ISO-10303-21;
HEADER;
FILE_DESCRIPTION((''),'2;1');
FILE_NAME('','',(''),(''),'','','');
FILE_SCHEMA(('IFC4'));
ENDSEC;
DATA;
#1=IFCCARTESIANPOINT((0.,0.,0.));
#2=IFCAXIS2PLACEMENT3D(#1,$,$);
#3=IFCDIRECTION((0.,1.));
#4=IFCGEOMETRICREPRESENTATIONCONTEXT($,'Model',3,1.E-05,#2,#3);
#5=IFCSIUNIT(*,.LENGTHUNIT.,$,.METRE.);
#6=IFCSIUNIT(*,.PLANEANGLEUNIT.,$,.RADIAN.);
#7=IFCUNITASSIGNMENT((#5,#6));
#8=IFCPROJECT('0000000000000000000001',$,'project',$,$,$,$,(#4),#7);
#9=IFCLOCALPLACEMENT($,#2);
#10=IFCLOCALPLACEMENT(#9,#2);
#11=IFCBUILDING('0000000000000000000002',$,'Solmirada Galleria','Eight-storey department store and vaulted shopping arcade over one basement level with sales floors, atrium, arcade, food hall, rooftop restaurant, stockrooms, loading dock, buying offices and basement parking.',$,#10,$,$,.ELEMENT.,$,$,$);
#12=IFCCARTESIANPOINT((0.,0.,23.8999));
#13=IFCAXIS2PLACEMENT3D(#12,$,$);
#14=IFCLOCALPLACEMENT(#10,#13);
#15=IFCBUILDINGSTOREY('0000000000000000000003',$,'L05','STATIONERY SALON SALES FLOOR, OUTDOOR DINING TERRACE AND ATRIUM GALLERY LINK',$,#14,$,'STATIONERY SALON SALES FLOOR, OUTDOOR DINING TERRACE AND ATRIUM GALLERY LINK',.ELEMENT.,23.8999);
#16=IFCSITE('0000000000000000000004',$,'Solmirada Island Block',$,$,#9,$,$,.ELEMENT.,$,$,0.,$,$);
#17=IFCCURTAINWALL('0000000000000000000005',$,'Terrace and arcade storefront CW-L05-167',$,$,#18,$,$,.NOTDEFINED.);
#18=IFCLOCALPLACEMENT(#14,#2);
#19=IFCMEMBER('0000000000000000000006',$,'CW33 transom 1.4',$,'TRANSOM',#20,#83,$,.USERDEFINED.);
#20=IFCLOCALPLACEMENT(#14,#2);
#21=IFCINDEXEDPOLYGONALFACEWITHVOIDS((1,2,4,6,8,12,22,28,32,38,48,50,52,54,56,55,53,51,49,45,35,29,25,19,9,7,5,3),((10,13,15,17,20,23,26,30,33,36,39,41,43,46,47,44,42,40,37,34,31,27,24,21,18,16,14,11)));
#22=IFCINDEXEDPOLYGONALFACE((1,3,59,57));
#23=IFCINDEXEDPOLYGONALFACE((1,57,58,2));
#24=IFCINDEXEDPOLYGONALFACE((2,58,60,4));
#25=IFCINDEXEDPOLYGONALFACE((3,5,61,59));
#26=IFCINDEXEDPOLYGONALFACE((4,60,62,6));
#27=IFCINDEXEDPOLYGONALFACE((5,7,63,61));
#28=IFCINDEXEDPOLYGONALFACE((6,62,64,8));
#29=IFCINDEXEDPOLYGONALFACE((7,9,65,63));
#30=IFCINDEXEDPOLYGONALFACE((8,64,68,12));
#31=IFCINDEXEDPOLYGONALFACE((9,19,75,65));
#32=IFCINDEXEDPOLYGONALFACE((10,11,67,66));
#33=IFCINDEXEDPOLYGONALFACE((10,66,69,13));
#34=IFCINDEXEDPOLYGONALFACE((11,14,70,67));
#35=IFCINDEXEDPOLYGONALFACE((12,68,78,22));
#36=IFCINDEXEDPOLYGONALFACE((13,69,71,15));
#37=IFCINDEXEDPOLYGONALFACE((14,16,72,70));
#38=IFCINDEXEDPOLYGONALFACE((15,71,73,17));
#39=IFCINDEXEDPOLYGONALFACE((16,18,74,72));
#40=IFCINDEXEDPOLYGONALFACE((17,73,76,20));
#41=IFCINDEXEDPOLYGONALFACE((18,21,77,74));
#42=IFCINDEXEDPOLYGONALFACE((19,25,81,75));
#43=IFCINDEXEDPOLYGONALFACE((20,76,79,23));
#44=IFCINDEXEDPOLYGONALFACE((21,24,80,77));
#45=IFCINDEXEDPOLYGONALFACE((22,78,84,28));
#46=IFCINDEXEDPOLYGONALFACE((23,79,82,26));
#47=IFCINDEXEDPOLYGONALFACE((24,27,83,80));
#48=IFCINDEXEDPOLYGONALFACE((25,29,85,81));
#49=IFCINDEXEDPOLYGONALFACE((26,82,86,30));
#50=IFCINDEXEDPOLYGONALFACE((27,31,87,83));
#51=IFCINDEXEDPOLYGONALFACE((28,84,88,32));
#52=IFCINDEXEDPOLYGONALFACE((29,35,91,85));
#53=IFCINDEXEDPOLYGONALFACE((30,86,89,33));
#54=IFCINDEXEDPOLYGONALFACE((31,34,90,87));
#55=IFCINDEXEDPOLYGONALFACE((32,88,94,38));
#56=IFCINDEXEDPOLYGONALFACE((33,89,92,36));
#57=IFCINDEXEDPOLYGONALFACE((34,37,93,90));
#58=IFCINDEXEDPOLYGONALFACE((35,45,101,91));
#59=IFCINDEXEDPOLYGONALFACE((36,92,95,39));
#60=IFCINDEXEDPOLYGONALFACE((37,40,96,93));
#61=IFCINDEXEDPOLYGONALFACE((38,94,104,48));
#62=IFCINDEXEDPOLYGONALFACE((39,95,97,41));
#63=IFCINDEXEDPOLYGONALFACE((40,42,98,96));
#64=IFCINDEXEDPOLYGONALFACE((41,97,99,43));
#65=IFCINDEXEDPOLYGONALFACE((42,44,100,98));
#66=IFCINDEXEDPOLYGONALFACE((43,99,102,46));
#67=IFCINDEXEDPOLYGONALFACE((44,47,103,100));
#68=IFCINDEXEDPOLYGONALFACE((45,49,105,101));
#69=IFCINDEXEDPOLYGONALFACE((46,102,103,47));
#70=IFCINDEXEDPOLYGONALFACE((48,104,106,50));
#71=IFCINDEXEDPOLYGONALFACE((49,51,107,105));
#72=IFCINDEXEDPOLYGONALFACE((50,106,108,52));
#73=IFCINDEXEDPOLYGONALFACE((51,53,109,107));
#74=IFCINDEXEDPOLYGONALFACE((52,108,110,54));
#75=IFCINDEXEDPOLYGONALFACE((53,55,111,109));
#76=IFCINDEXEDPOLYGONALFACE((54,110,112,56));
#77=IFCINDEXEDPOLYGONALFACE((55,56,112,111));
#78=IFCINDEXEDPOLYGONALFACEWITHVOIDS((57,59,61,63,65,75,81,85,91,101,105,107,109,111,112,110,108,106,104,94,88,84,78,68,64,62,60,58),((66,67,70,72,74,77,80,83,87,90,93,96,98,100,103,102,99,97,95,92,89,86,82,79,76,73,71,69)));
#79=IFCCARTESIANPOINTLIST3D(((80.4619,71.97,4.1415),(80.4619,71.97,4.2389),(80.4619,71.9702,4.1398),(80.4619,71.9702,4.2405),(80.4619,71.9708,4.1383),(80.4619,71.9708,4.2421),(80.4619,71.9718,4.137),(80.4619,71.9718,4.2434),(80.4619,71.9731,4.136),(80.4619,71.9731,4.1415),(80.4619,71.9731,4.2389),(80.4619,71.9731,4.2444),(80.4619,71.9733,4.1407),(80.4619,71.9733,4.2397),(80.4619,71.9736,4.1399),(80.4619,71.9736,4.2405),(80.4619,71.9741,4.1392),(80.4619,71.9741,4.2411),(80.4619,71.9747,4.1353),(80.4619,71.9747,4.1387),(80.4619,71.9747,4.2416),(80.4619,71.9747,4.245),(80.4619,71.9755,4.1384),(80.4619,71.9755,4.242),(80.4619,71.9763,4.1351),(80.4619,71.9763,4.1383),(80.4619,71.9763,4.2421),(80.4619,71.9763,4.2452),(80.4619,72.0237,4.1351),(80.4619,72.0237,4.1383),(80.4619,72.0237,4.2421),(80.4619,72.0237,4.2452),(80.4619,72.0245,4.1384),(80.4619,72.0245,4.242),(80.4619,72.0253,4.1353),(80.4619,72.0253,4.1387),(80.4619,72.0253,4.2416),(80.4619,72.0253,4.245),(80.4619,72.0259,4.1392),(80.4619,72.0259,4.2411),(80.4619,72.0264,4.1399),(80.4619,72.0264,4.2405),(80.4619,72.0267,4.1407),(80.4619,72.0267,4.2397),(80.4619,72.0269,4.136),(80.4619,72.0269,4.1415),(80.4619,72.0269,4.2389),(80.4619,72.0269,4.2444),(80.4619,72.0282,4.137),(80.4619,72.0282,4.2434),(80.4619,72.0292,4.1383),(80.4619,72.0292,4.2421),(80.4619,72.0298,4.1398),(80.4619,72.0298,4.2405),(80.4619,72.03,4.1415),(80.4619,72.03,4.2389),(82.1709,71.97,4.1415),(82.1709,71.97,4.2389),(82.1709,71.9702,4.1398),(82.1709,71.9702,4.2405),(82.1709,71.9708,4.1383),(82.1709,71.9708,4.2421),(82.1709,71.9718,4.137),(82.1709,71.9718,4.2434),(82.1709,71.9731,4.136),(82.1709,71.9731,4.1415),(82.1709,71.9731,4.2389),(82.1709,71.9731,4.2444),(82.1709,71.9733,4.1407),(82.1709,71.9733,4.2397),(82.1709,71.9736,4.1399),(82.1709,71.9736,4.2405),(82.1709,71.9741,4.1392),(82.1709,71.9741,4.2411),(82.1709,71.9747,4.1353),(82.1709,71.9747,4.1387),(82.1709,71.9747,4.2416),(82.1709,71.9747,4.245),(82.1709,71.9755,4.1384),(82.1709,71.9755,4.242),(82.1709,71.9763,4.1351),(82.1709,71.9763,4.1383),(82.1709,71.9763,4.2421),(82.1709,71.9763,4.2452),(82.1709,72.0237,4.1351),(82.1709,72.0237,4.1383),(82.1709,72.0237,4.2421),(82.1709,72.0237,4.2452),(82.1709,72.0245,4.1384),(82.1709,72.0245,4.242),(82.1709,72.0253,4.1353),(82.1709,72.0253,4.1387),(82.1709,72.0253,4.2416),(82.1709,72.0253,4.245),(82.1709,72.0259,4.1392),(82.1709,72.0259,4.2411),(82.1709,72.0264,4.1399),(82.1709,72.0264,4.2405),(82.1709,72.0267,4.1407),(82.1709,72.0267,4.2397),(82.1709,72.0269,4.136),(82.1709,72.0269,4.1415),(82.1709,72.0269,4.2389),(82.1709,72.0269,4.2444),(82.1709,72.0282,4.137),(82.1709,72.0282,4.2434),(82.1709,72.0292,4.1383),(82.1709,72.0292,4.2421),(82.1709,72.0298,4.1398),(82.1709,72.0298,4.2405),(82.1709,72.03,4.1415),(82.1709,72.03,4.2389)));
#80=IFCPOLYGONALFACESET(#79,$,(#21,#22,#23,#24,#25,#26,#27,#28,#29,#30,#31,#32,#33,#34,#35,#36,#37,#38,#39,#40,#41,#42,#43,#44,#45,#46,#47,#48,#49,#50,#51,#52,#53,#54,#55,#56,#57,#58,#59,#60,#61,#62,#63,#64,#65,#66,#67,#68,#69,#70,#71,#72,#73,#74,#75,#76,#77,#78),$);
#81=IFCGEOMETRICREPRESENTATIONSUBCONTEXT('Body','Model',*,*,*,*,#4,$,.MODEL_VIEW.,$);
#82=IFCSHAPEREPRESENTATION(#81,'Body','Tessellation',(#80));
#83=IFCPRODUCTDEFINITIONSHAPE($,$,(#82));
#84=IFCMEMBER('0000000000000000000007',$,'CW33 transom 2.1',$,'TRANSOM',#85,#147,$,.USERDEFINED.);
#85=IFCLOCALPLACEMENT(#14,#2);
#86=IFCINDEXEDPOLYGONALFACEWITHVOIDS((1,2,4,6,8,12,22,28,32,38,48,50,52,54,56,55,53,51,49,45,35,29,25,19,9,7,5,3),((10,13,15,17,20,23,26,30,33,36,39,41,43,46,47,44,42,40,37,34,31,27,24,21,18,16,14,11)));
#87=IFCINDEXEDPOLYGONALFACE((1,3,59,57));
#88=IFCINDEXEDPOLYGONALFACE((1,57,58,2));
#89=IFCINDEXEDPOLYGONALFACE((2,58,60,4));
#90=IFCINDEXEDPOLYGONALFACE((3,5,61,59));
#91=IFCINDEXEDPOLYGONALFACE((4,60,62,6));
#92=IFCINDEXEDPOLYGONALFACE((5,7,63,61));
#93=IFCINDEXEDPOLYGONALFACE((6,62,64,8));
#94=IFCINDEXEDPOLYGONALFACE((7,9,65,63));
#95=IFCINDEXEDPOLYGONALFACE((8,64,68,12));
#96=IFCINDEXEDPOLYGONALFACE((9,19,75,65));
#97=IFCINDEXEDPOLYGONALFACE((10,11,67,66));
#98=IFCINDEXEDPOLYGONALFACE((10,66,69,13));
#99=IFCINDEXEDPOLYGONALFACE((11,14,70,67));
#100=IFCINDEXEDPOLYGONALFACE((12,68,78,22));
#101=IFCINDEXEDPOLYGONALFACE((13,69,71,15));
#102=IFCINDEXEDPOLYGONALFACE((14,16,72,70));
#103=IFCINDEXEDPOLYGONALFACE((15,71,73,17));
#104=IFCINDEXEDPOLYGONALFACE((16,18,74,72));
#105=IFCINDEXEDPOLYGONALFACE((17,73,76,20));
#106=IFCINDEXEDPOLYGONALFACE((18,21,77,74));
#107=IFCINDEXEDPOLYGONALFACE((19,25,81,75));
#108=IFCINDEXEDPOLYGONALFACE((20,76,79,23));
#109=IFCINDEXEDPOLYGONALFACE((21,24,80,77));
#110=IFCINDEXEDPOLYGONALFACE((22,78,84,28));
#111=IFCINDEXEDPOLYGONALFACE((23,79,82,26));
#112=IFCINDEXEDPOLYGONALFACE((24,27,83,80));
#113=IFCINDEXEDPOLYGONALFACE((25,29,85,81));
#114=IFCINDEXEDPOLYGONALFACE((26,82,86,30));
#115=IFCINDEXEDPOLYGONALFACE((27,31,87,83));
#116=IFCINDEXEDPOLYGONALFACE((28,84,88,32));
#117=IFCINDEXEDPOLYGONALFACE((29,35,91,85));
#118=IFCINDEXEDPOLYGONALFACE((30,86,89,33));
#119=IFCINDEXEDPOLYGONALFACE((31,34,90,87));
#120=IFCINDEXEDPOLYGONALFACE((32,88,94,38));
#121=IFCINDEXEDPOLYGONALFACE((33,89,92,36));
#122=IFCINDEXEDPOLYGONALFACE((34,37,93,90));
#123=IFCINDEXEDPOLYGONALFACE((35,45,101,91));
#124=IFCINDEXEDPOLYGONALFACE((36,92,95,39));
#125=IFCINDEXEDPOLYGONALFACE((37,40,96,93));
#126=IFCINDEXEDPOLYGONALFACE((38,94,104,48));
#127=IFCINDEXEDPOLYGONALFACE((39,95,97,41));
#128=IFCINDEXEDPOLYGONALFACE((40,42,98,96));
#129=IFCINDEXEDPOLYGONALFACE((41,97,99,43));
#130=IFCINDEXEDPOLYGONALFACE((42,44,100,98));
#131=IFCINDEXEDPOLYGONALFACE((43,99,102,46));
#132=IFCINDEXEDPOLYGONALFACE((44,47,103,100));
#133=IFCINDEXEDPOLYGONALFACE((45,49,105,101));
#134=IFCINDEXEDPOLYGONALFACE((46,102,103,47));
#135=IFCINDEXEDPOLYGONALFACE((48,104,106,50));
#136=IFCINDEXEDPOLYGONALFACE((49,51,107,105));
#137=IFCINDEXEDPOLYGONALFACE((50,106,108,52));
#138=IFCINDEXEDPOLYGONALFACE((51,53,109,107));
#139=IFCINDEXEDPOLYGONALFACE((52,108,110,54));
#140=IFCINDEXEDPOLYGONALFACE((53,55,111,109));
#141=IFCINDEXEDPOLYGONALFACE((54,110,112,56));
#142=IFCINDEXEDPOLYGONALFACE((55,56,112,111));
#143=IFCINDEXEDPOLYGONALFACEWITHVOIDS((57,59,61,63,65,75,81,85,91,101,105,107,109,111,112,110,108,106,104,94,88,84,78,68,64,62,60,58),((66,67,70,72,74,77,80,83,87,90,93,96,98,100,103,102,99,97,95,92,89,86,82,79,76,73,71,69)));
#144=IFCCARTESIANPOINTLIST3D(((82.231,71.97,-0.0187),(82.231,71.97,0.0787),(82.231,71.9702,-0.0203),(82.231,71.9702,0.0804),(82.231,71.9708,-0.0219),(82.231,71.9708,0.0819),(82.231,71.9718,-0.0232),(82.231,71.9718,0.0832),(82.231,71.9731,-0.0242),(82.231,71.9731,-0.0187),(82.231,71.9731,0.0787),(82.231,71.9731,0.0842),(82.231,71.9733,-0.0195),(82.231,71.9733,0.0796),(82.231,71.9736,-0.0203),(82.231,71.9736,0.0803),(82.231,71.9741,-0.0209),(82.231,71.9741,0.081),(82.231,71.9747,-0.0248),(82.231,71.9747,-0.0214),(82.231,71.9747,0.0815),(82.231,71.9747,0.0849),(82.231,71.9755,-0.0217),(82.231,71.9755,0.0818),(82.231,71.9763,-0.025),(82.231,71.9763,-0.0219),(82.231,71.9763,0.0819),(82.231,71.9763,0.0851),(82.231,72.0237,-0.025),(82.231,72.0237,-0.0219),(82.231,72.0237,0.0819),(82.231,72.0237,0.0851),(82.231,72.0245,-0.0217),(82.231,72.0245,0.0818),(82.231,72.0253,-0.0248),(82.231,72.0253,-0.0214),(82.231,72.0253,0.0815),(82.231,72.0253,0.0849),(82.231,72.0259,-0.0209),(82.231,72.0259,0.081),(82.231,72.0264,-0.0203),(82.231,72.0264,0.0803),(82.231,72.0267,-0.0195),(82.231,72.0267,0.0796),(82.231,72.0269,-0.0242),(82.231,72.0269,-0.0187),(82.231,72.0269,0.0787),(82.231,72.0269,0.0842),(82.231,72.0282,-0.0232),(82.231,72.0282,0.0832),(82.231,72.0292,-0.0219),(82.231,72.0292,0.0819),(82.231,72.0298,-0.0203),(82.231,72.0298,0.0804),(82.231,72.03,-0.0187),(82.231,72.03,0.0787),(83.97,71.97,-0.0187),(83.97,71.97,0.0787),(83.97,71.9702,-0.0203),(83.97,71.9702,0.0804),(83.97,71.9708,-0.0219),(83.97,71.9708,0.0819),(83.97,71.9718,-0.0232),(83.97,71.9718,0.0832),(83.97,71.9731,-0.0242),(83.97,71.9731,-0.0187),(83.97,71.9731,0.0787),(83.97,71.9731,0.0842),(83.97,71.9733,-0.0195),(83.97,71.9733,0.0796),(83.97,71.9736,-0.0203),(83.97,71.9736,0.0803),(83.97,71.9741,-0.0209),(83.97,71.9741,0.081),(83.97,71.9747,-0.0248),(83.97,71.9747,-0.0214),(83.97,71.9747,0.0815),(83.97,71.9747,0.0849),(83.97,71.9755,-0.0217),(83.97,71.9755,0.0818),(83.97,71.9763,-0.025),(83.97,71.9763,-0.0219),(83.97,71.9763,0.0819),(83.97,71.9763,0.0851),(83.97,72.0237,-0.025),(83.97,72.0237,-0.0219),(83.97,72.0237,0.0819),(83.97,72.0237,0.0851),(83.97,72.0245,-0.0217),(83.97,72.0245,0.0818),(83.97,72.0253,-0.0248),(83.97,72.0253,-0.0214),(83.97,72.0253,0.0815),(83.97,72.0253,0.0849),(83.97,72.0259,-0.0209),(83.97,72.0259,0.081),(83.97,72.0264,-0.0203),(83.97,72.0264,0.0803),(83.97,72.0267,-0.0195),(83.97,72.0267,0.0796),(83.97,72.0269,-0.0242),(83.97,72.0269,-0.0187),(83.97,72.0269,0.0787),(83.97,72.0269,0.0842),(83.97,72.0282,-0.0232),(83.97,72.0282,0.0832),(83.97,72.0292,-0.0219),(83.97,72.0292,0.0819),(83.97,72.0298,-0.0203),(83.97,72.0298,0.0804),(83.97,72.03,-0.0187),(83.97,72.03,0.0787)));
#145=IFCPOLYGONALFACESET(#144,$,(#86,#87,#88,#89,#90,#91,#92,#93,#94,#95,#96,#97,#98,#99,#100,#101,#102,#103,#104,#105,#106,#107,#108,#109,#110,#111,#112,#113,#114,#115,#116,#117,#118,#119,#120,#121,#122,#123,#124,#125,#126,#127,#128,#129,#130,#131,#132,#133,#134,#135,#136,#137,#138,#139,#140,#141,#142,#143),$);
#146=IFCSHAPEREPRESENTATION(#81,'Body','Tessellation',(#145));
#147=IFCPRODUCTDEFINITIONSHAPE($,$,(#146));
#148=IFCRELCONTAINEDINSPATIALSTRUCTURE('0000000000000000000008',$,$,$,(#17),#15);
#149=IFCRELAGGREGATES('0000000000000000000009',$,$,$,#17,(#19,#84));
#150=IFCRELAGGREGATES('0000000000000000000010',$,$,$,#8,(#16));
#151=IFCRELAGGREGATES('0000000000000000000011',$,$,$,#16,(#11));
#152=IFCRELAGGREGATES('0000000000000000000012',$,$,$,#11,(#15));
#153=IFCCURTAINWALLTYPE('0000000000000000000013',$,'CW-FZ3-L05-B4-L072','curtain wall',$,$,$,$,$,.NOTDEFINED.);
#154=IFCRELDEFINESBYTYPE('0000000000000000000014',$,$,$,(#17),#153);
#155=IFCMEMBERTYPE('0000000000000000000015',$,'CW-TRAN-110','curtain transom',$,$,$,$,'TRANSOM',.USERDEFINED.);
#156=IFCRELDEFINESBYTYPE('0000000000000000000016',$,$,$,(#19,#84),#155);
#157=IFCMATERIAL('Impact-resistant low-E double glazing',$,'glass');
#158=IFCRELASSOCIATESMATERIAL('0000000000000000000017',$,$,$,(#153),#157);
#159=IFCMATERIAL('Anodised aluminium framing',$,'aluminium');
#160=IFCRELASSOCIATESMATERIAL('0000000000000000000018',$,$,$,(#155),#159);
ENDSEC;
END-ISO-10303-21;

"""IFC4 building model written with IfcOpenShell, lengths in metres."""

from ifc_helpers import new_model, si_unit, direction, frame, origin, origin_2d, place, context, subcontext, project, spatial, hollow_rectangle, extrude, material, material_profile, profile_set, type_object, element, aggregate, save


model = new_model("IFC4")

# Units and contexts
model_context = context("Model", 3, precision=1e-05, world=origin(), true_north=direction((0.0, 1.0)))
body_context = subcontext(model_context, "Body", "Model", "MODEL_VIEW")
ifc_project = project(units=[si_unit("LENGTHUNIT", "METRE"), si_unit("PLANEANGLEUNIT", "RADIAN")], contexts=[model_context])

# Site, building, storey
site_placement = place(None, origin())
site = spatial("IfcSite", under=ifc_project, at=site_placement, Name="Solmirada Island Block", CompositionType="ELEMENT", RefElevation=0.0)
building_placement = place(site_placement, origin())
building = spatial("IfcBuilding", under=site, at=building_placement, Name="Solmirada Galleria", Description="Eight-storey department store and vaulted shopping arcade over one basement level with sales floors, atrium, arcade, food hall, rooftop restaurant, stockrooms, loading dock, buying offices and basement parking.", CompositionType="ELEMENT")
storey_placement = place(building_placement, frame((0.0, 0.0, 23.8999)))
storey = spatial("IfcBuildingStorey", under=building, at=storey_placement, Name="L05", Description="STATIONERY SALON SALES FLOOR, OUTDOOR DINING TERRACE AND ATRIUM GALLERY LINK", LongName="STATIONERY SALON SALES FLOOR, OUTDOOR DINING TERRACE AND ATRIUM GALLERY LINK", CompositionType="ELEMENT", Elevation=23.8999)

# Curtain wall, members
ifc_material_1 = material(Name="Impact-resistant low-E double glazing", Category="glass")
curtain_wall_type = type_object("IfcCurtainWallType", Name="CW-FZ3-L05-B4-L072", Description="curtain wall", PredefinedType="NOTDEFINED", material=ifc_material_1)
curtain_wall_placement = place(storey_placement, origin())
curtain_wall = element("IfcCurtainWall", 1, at=curtain_wall_placement, inside=storey, type_object=curtain_wall_type, Name="Terrace and arcade storefront CW-L05-167", PredefinedType="NOTDEFINED")
ifc_material_2 = material(Name="Anodised aluminium framing", Category="aluminium")
ifc_material_profile_1 = material_profile(ifc_material_2, hollow_rectangle(XDim=0.0601, YDim=0.1101, WallThickness=0.0032, InnerFilletRadius=0.0032, OuterFilletRadius=0.0063, at=origin_2d()), Name="ALU-TRAN-110X60")
ifc_profile_set_1 = profile_set([ifc_material_profile_1], Name="Anodised aluminium framing")
member_type_1 = type_object("IfcMemberType", Name="CW-TRAN-110", Description="curtain transom", ElementType="TRANSOM", PredefinedType="USERDEFINED", material=ifc_profile_set_1)
member_1_placement = place(storey_placement, frame((80.4619, 72.0, 4.1902), z_axis=(1.0, 0.0, 0.0), x_axis=(0.0, 1.0, 0.0)))
member_1 = element("IfcMember", 2, at=member_1_placement, type_object=member_type_1, Name="CW33 transom 1.4", ObjectType="TRANSOM", PredefinedType="USERDEFINED", context=body_context, shape_type="SweptSolid", body=[
    extrude(hollow_rectangle(XDim=0.0601, YDim=0.1101, WallThickness=0.0032, InnerFilletRadius=0.0032, OuterFilletRadius=0.0063, at=origin_2d()), origin(), (0.0, 0.0, 1.0), 1.709),
])
member_2_placement = place(storey_placement, frame((82.231, 72.0, 0.03), z_axis=(1.0, 0.0, 0.0), x_axis=(0.0, 1.0, 0.0)))
member_2 = element("IfcMember", 3, at=member_2_placement, type_object=member_type_1, Name="CW33 transom 2.1", ObjectType="TRANSOM", PredefinedType="USERDEFINED", context=body_context, shape_type="SweptSolid", body=[
    extrude(hollow_rectangle(XDim=0.0601, YDim=0.1101, WallThickness=0.0032, InnerFilletRadius=0.0032, OuterFilletRadius=0.0063, at=origin_2d()), origin(), (0.0, 0.0, 1.0), 1.739),
])
aggregate(curtain_wall, [member_1, member_2])

save(model, "model.ifc")
